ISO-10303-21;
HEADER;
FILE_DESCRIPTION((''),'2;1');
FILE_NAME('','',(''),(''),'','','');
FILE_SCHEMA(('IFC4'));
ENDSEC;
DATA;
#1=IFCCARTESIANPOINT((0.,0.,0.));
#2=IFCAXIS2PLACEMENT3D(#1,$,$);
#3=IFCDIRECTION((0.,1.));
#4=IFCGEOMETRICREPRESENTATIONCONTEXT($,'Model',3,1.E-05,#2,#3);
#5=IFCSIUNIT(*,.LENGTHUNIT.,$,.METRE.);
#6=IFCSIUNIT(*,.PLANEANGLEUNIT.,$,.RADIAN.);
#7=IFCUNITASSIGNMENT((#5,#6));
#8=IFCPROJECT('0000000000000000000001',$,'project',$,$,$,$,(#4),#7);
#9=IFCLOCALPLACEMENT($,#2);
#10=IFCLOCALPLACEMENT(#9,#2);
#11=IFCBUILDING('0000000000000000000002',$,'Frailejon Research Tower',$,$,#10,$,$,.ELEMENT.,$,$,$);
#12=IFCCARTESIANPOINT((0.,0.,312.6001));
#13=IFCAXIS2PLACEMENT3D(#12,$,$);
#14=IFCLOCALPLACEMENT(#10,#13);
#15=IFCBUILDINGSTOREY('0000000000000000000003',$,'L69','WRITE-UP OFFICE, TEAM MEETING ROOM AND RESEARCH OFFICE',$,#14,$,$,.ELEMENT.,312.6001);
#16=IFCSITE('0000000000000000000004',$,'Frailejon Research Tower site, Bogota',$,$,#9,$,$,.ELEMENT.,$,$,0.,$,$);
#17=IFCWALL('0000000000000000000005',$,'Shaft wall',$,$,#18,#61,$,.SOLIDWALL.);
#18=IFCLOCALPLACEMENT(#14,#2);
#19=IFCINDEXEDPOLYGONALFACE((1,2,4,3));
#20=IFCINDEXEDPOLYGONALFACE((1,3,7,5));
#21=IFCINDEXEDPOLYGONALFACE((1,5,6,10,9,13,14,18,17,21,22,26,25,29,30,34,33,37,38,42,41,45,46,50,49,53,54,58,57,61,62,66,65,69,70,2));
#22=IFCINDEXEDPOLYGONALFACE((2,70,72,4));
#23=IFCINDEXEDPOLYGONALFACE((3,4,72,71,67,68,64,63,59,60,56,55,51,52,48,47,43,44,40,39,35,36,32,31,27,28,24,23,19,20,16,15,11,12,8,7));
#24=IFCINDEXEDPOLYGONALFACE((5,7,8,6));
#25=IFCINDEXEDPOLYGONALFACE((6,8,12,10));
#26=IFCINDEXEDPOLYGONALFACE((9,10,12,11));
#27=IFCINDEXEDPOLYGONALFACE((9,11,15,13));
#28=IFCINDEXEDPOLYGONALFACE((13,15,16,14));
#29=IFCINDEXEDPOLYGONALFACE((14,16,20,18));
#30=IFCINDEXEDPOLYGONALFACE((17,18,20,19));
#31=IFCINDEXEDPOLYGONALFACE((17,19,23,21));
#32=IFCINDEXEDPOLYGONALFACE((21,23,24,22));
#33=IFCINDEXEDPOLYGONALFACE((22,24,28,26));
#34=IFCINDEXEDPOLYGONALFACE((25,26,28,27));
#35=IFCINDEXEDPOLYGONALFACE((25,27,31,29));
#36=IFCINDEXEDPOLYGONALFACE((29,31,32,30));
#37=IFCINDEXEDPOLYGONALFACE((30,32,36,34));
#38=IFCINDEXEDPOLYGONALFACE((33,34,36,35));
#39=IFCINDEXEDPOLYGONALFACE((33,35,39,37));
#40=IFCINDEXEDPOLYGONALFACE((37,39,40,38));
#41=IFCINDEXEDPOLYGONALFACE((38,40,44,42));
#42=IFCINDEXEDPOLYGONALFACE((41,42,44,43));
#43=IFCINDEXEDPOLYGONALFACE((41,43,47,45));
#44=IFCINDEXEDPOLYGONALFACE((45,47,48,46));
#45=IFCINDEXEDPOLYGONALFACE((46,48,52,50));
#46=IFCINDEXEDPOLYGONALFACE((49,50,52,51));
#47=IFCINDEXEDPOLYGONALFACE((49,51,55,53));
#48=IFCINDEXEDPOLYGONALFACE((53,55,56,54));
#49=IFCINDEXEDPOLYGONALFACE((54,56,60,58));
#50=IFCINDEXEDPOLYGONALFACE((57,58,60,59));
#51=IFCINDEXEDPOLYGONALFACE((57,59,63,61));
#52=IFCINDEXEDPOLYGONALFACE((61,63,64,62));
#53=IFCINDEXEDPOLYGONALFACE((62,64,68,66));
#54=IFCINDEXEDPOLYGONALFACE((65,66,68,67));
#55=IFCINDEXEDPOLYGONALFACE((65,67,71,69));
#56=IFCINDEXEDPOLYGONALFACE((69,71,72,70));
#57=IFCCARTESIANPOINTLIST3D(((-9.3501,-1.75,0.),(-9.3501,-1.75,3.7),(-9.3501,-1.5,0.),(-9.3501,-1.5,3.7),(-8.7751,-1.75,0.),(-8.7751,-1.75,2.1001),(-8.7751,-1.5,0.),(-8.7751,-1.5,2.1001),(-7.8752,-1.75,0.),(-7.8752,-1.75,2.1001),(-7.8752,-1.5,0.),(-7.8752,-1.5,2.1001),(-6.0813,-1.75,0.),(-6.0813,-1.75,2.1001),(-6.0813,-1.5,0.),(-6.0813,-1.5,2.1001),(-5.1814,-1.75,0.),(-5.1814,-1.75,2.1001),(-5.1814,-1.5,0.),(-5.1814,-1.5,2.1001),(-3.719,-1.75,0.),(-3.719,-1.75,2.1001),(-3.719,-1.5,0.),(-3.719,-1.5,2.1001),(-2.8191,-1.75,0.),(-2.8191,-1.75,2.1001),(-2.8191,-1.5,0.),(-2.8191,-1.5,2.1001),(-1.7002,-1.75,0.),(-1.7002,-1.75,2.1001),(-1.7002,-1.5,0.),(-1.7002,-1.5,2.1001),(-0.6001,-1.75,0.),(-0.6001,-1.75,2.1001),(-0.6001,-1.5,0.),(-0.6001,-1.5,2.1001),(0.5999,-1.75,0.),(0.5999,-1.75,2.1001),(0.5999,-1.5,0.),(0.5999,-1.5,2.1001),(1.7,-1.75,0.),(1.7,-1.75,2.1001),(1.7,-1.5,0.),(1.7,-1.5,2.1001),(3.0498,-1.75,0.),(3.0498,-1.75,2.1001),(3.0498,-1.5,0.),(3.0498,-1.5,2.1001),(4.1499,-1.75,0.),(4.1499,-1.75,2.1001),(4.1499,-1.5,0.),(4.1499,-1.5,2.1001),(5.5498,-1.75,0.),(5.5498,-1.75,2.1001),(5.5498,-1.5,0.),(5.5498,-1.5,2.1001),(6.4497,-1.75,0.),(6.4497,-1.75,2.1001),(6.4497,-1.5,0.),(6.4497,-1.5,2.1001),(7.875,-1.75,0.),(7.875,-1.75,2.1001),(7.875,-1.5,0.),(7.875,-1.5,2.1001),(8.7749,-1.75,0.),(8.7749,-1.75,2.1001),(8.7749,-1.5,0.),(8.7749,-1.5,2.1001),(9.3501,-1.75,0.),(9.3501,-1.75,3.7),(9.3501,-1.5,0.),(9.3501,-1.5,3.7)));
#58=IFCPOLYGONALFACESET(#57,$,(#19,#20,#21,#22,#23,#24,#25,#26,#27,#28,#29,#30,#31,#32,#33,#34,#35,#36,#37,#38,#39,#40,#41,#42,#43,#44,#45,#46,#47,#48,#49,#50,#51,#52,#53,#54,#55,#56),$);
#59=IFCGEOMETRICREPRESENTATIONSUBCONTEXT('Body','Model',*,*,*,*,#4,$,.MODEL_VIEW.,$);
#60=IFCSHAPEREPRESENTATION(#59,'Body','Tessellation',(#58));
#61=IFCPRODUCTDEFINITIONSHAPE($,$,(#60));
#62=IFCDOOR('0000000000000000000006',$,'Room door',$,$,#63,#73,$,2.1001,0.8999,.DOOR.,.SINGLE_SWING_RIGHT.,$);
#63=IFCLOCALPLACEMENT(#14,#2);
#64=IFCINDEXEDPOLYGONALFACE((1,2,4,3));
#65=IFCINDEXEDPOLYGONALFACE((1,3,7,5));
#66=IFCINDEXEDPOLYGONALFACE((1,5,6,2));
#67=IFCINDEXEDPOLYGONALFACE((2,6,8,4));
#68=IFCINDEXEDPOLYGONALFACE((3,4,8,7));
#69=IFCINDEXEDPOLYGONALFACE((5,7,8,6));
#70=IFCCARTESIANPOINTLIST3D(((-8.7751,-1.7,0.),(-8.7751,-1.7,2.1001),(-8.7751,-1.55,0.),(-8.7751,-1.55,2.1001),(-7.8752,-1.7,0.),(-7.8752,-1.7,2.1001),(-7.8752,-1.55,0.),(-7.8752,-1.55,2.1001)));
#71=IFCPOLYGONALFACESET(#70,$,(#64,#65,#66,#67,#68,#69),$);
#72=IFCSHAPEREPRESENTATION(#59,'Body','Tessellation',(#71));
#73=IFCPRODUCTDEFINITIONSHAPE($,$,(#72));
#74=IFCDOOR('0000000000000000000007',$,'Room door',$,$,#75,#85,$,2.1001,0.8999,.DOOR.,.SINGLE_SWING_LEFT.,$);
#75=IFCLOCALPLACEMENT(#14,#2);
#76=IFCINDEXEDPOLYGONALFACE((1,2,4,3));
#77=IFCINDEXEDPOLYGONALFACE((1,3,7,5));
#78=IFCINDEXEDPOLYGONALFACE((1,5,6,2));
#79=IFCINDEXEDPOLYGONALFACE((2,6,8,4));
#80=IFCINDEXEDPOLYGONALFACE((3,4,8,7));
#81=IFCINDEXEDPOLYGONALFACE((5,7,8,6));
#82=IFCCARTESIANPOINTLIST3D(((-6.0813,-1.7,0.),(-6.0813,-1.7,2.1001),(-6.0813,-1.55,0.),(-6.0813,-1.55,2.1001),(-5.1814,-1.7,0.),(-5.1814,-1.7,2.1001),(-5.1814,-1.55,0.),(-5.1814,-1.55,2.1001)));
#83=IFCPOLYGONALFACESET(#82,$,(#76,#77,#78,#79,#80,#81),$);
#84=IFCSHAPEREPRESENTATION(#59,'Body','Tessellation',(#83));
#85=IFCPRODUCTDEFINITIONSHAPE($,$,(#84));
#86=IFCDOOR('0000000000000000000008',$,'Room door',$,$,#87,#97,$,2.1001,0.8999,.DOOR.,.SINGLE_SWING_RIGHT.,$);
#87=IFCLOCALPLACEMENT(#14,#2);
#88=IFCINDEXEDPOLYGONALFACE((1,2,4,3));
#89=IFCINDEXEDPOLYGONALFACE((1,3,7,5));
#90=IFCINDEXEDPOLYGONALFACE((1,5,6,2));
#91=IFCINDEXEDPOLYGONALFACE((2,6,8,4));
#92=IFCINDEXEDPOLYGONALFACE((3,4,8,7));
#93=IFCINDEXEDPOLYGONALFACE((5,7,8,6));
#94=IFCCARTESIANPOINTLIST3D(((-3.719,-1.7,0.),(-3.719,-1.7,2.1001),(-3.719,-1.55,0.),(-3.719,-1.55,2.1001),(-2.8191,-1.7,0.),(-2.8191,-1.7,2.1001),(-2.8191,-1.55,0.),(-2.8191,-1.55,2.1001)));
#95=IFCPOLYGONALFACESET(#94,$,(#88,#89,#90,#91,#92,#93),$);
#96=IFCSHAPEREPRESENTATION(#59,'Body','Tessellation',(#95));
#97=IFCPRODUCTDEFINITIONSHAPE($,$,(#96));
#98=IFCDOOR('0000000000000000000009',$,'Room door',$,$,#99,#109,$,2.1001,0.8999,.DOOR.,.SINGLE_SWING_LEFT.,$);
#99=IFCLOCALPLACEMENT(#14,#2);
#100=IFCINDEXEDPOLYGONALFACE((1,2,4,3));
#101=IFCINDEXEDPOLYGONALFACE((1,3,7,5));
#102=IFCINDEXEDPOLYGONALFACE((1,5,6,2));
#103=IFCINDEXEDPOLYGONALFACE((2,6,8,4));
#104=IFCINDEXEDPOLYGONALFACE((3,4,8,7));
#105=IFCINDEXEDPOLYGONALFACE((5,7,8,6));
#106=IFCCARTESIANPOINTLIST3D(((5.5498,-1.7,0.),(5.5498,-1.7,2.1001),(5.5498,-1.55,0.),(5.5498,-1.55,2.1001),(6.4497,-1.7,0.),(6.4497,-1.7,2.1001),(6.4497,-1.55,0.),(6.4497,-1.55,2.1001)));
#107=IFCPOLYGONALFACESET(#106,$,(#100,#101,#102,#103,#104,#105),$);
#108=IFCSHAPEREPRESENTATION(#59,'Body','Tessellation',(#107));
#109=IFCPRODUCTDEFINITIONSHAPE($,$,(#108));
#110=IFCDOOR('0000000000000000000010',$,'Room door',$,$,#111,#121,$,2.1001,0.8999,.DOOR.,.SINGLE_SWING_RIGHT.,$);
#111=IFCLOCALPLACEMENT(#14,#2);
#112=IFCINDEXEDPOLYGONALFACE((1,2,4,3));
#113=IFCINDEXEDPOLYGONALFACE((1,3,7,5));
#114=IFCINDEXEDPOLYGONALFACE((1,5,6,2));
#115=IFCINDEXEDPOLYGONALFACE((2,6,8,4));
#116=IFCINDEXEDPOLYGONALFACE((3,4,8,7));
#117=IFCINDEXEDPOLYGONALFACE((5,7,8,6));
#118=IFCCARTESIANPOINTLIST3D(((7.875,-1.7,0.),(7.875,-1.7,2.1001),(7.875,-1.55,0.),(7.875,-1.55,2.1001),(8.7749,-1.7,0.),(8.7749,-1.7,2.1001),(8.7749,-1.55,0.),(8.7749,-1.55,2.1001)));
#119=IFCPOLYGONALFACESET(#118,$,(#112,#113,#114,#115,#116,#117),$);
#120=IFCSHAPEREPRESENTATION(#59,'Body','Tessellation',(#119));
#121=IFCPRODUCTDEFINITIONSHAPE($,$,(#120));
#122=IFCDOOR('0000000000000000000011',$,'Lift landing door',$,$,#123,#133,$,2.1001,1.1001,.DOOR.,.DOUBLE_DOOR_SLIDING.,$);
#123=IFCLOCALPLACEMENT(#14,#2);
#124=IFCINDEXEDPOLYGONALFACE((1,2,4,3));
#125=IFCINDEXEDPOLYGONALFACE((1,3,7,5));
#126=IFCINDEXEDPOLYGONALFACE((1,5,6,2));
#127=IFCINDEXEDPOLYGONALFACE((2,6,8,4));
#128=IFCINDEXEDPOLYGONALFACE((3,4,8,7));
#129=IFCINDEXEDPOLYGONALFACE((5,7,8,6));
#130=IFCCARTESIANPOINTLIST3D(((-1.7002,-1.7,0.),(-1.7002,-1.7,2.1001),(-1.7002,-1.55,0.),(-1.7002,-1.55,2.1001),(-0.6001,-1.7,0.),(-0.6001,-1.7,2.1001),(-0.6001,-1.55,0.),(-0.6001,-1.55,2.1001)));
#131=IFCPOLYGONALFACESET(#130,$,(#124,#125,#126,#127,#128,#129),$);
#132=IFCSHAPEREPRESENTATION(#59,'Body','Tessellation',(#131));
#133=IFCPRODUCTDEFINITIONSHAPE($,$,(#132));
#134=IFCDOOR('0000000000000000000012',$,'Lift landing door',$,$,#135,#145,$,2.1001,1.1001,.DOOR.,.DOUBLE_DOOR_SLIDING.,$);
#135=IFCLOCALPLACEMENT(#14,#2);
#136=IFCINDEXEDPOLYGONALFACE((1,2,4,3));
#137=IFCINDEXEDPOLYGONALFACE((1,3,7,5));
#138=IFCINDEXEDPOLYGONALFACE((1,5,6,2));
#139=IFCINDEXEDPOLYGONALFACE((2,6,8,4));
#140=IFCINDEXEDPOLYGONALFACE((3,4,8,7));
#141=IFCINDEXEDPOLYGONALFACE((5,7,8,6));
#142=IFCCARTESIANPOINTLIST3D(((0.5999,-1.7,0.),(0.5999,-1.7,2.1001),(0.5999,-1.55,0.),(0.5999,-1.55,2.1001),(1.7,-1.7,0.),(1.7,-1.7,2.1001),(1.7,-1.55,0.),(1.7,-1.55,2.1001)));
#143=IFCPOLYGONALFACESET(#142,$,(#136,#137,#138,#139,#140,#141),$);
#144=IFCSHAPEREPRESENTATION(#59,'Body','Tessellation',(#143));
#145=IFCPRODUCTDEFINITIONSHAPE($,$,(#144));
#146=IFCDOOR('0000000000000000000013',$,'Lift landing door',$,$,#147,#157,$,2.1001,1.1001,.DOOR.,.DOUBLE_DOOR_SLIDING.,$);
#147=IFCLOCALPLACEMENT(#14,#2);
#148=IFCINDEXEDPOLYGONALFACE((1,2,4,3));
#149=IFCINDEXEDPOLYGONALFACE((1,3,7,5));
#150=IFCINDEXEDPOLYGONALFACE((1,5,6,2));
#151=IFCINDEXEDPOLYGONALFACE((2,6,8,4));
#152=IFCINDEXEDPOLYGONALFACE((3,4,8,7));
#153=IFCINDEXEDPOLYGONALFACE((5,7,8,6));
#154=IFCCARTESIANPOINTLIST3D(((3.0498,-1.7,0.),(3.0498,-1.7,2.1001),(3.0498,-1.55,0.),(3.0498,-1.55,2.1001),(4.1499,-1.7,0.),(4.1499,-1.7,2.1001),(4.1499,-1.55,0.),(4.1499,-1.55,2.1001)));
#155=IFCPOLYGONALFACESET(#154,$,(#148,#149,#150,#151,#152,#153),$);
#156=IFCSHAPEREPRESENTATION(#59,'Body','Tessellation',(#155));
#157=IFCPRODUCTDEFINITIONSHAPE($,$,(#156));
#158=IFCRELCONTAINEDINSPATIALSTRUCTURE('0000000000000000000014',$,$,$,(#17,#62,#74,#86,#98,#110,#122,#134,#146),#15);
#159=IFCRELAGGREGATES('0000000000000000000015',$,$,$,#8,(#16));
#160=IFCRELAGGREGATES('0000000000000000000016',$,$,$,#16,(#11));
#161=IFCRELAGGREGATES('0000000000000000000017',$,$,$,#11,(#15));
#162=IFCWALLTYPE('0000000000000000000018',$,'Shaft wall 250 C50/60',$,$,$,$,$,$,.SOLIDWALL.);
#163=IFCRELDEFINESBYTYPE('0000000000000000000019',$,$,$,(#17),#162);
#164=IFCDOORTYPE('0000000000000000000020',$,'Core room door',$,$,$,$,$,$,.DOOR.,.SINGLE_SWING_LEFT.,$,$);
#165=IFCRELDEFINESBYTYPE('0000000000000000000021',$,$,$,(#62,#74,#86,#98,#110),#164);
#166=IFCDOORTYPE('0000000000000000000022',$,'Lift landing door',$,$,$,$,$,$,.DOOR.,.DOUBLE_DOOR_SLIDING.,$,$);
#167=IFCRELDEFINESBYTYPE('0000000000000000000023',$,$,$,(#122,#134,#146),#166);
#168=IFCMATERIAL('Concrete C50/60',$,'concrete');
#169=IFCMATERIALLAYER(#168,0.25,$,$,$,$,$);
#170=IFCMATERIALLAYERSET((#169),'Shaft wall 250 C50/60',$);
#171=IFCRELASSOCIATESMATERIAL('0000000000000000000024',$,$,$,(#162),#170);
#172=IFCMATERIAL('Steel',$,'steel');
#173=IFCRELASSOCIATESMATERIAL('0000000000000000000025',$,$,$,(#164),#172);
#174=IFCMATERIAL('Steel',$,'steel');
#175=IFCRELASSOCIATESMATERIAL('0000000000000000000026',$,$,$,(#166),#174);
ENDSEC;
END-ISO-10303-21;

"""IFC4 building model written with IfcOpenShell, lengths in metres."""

from ifc_helpers import new_model, si_unit, direction, frame, frame_2d, origin, place, context, subcontext, project, spatial, rectangle, extrude, material, layer, layer_set, type_object, element, fill, save


model = new_model("IFC4")

# Units and contexts
model_context = context("Model", 3, precision=1e-05, world=origin(), true_north=direction((0.0, 1.0)))
body_context = subcontext(model_context, "Body", "Model", "MODEL_VIEW")
ifc_project = project(units=[si_unit("LENGTHUNIT", "METRE"), si_unit("PLANEANGLEUNIT", "RADIAN")], contexts=[model_context])

# Site, building, storey
site_placement = place(None, origin())
site = spatial("IfcSite", under=ifc_project, at=site_placement, Name="Frailejon Research Tower site, Bogota", CompositionType="ELEMENT", RefElevation=0.0)
building_placement = place(site_placement, origin())
building = spatial("IfcBuilding", under=site, at=building_placement, Name="Frailejon Research Tower", CompositionType="ELEMENT")
storey_placement = place(building_placement, frame((0.0, 0.0, 312.6001)))
storey = spatial("IfcBuildingStorey", under=building, at=storey_placement, Name="L69", Description="WRITE-UP OFFICE, TEAM MEETING ROOM AND RESEARCH OFFICE", CompositionType="ELEMENT", Elevation=312.6001)

# Wall, openings, doors
ifc_material_1 = material(Name="Concrete C50/60", Category="concrete")
ifc_layer_1 = layer(ifc_material_1, 0.25)
ifc_layer_set_1 = layer_set([ifc_layer_1], Name="Shaft wall 250 C50/60")
wall_type_1 = type_object("IfcWallType", Name="Shaft wall 250 C50/60", PredefinedType="SOLIDWALL", material=ifc_layer_set_1)
wall_1_placement = place(storey_placement, frame((-9.3501, -1.625, 0.0), z_axis=(0.0, 0.0, 1.0), x_axis=(1.0, 0.0, 0.0)))
wall_1 = element("IfcWall", 1, at=wall_1_placement, inside=storey, type_object=wall_type_1, Name="Shaft wall", PredefinedType="SOLIDWALL", context=body_context, shape_type="SweptSolid", body=[
    extrude(rectangle(XDim=18.7002, YDim=0.25, at=frame_2d((9.3501, 0.0))), origin(), (0.0, 0.0, 1.0), 3.7),
])
opening_1_placement = place(wall_1_placement, frame((7.6499, 0.0, 0.0)))
opening_1 = element("IfcOpeningElement", 2, at=opening_1_placement, cuts=wall_1, PredefinedType="OPENING", context=body_context, shape_type="SweptSolid", body=[
    extrude(rectangle(XDim=1.1001, YDim=2.1001, at=frame_2d((0.55, 1.05))), frame((0.0, 0.135, 0.0), z_axis=(0.0, -1.0, 0.0), x_axis=(1.0, 0.0, 0.0)), (0.0, 0.0, 1.0), 0.27),
])
opening_2_placement = place(wall_1_placement, frame((9.95, 0.0, 0.0)))
opening_2 = element("IfcOpeningElement", 3, at=opening_2_placement, cuts=wall_1, PredefinedType="OPENING", context=body_context, shape_type="SweptSolid", body=[
    extrude(rectangle(XDim=1.1001, YDim=2.1001, at=frame_2d((0.55, 1.05))), frame((0.0, 0.135, 0.0), z_axis=(0.0, -1.0, 0.0), x_axis=(1.0, 0.0, 0.0)), (0.0, 0.0, 1.0), 0.27),
])
opening_3_placement = place(wall_1_placement, frame((12.3999, 0.0, 0.0)))
opening_3 = element("IfcOpeningElement", 4, at=opening_3_placement, cuts=wall_1, PredefinedType="OPENING", context=body_context, shape_type="SweptSolid", body=[
    extrude(rectangle(XDim=1.1001, YDim=2.1001, at=frame_2d((0.55, 1.05))), frame((0.0, 0.135, 0.0), z_axis=(0.0, -1.0, 0.0), x_axis=(1.0, 0.0, 0.0)), (0.0, 0.0, 1.0), 0.27),
])
opening_4_placement = place(wall_1_placement, frame((0.575, 0.0, 0.0)))
opening_4 = element("IfcOpeningElement", 5, at=opening_4_placement, cuts=wall_1, PredefinedType="OPENING", context=body_context, shape_type="SweptSolid", body=[
    extrude(rectangle(XDim=0.8999, YDim=2.1001, at=frame_2d((0.45, 1.05))), frame((0.0, 0.135, 0.0), z_axis=(0.0, -1.0, 0.0), x_axis=(1.0, 0.0, 0.0)), (0.0, 0.0, 1.0), 0.27),
])
opening_5_placement = place(wall_1_placement, frame((3.2688, 0.0, 0.0)))
opening_5 = element("IfcOpeningElement", 6, at=opening_5_placement, cuts=wall_1, PredefinedType="OPENING", context=body_context, shape_type="SweptSolid", body=[
    extrude(rectangle(XDim=0.8999, YDim=2.1001, at=frame_2d((0.45, 1.05))), frame((0.0, 0.135, 0.0), z_axis=(0.0, -1.0, 0.0), x_axis=(1.0, 0.0, 0.0)), (0.0, 0.0, 1.0), 0.27),
])
opening_6_placement = place(wall_1_placement, frame((5.6311, 0.0, 0.0)))
opening_6 = element("IfcOpeningElement", 7, at=opening_6_placement, cuts=wall_1, PredefinedType="OPENING", context=body_context, shape_type="SweptSolid", body=[
    extrude(rectangle(XDim=0.8999, YDim=2.1001, at=frame_2d((0.45, 1.05))), frame((0.0, 0.135, 0.0), z_axis=(0.0, -1.0, 0.0), x_axis=(1.0, 0.0, 0.0)), (0.0, 0.0, 1.0), 0.27),
])
opening_7_placement = place(wall_1_placement, frame((14.8999, 0.0, 0.0)))
opening_7 = element("IfcOpeningElement", 8, at=opening_7_placement, cuts=wall_1, PredefinedType="OPENING", context=body_context, shape_type="SweptSolid", body=[
    extrude(rectangle(XDim=0.8999, YDim=2.1001, at=frame_2d((0.45, 1.05))), frame((0.0, 0.135, 0.0), z_axis=(0.0, -1.0, 0.0), x_axis=(1.0, 0.0, 0.0)), (0.0, 0.0, 1.0), 0.27),
])
opening_8_placement = place(wall_1_placement, frame((17.2251, 0.0, 0.0)))
opening_8 = element("IfcOpeningElement", 9, at=opening_8_placement, cuts=wall_1, PredefinedType="OPENING", context=body_context, shape_type="SweptSolid", body=[
    extrude(rectangle(XDim=0.8999, YDim=2.1001, at=frame_2d((0.45, 1.05))), frame((0.0, 0.135, 0.0), z_axis=(0.0, -1.0, 0.0), x_axis=(1.0, 0.0, 0.0)), (0.0, 0.0, 1.0), 0.27),
])
ifc_material_2 = material(Name="Steel", Category="steel")
door_type_1 = type_object("IfcDoorType", Name="Core room door", OperationType="SINGLE_SWING_LEFT", PredefinedType="DOOR", material=ifc_material_2)
door_1_placement = place(opening_4_placement, origin())
door_1 = element("IfcDoor", 10, at=door_1_placement, inside=storey, type_object=door_type_1, Name="Room door", OperationType="SINGLE_SWING_RIGHT", OverallHeight=2.1001, OverallWidth=0.8999, PredefinedType="DOOR", context=body_context, shape_type="SweptSolid", body=[
    extrude(rectangle(XDim=0.8999, YDim=2.1001, at=frame_2d((0.45, 1.05))), frame((0.0, 0.075, 0.0), z_axis=(0.0, -1.0, 0.0), x_axis=(1.0, 0.0, 0.0)), (0.0, 0.0, 1.0), 0.1499),
])
fill(opening_4, door_1)
door_2_placement = place(opening_5_placement, origin())
door_2 = element("IfcDoor", 11, at=door_2_placement, inside=storey, type_object=door_type_1, Name="Room door", OperationType="SINGLE_SWING_LEFT", OverallHeight=2.1001, OverallWidth=0.8999, PredefinedType="DOOR", context=body_context, shape_type="SweptSolid", body=[
    extrude(rectangle(XDim=0.8999, YDim=2.1001, at=frame_2d((0.45, 1.05))), frame((0.0, 0.075, 0.0), z_axis=(0.0, -1.0, 0.0), x_axis=(1.0, 0.0, 0.0)), (0.0, 0.0, 1.0), 0.1499),
])
fill(opening_5, door_2)
door_3_placement = place(opening_6_placement, origin())
door_3 = element("IfcDoor", 12, at=door_3_placement, inside=storey, type_object=door_type_1, Name="Room door", OperationType="SINGLE_SWING_RIGHT", OverallHeight=2.1001, OverallWidth=0.8999, PredefinedType="DOOR", context=body_context, shape_type="SweptSolid", body=[
    extrude(rectangle(XDim=0.8999, YDim=2.1001, at=frame_2d((0.45, 1.05))), frame((0.0, 0.075, 0.0), z_axis=(0.0, -1.0, 0.0), x_axis=(1.0, 0.0, 0.0)), (0.0, 0.0, 1.0), 0.1499),
])
fill(opening_6, door_3)
door_4_placement = place(opening_7_placement, origin())
door_4 = element("IfcDoor", 13, at=door_4_placement, inside=storey, type_object=door_type_1, Name="Room door", OperationType="SINGLE_SWING_LEFT", OverallHeight=2.1001, OverallWidth=0.8999, PredefinedType="DOOR", context=body_context, shape_type="SweptSolid", body=[
    extrude(rectangle(XDim=0.8999, YDim=2.1001, at=frame_2d((0.45, 1.05))), frame((0.0, 0.075, 0.0), z_axis=(0.0, -1.0, 0.0), x_axis=(1.0, 0.0, 0.0)), (0.0, 0.0, 1.0), 0.1499),
])
fill(opening_7, door_4)
door_5_placement = place(opening_8_placement, origin())
door_5 = element("IfcDoor", 14, at=door_5_placement, inside=storey, type_object=door_type_1, Name="Room door", OperationType="SINGLE_SWING_RIGHT", OverallHeight=2.1001, OverallWidth=0.8999, PredefinedType="DOOR", context=body_context, shape_type="SweptSolid", body=[
    extrude(rectangle(XDim=0.8999, YDim=2.1001, at=frame_2d((0.45, 1.05))), frame((0.0, 0.075, 0.0), z_axis=(0.0, -1.0, 0.0), x_axis=(1.0, 0.0, 0.0)), (0.0, 0.0, 1.0), 0.1499),
])
fill(opening_8, door_5)
ifc_material_3 = material(Name="Steel", Category="steel")
door_type_2 = type_object("IfcDoorType", Name="Lift landing door", OperationType="DOUBLE_DOOR_SLIDING", PredefinedType="DOOR", material=ifc_material_3)
door_6_placement = place(opening_1_placement, origin())
door_6 = element("IfcDoor", 15, at=door_6_placement, inside=storey, type_object=door_type_2, Name="Lift landing door", OperationType="DOUBLE_DOOR_SLIDING", OverallHeight=2.1001, OverallWidth=1.1001, PredefinedType="DOOR", context=body_context, shape_type="SweptSolid", body=[
    extrude(rectangle(XDim=1.1001, YDim=2.1001, at=frame_2d((0.55, 1.05))), frame((0.0, 0.075, 0.0), z_axis=(0.0, -1.0, 0.0), x_axis=(1.0, 0.0, 0.0)), (0.0, 0.0, 1.0), 0.1499),
])
fill(opening_1, door_6)
door_7_placement = place(opening_2_placement, origin())
door_7 = element("IfcDoor", 16, at=door_7_placement, inside=storey, type_object=door_type_2, Name="Lift landing door", OperationType="DOUBLE_DOOR_SLIDING", OverallHeight=2.1001, OverallWidth=1.1001, PredefinedType="DOOR", context=body_context, shape_type="SweptSolid", body=[
    extrude(rectangle(XDim=1.1001, YDim=2.1001, at=frame_2d((0.55, 1.05))), frame((0.0, 0.075, 0.0), z_axis=(0.0, -1.0, 0.0), x_axis=(1.0, 0.0, 0.0)), (0.0, 0.0, 1.0), 0.1499),
])
fill(opening_2, door_7)
door_8_placement = place(opening_3_placement, origin())
door_8 = element("IfcDoor", 17, at=door_8_placement, inside=storey, type_object=door_type_2, Name="Lift landing door", OperationType="DOUBLE_DOOR_SLIDING", OverallHeight=2.1001, OverallWidth=1.1001, PredefinedType="DOOR", context=body_context, shape_type="SweptSolid", body=[
    extrude(rectangle(XDim=1.1001, YDim=2.1001, at=frame_2d((0.55, 1.05))), frame((0.0, 0.075, 0.0), z_axis=(0.0, -1.0, 0.0), x_axis=(1.0, 0.0, 0.0)), (0.0, 0.0, 1.0), 0.1499),
])
fill(opening_3, door_8)

save(model, "model.ifc")
